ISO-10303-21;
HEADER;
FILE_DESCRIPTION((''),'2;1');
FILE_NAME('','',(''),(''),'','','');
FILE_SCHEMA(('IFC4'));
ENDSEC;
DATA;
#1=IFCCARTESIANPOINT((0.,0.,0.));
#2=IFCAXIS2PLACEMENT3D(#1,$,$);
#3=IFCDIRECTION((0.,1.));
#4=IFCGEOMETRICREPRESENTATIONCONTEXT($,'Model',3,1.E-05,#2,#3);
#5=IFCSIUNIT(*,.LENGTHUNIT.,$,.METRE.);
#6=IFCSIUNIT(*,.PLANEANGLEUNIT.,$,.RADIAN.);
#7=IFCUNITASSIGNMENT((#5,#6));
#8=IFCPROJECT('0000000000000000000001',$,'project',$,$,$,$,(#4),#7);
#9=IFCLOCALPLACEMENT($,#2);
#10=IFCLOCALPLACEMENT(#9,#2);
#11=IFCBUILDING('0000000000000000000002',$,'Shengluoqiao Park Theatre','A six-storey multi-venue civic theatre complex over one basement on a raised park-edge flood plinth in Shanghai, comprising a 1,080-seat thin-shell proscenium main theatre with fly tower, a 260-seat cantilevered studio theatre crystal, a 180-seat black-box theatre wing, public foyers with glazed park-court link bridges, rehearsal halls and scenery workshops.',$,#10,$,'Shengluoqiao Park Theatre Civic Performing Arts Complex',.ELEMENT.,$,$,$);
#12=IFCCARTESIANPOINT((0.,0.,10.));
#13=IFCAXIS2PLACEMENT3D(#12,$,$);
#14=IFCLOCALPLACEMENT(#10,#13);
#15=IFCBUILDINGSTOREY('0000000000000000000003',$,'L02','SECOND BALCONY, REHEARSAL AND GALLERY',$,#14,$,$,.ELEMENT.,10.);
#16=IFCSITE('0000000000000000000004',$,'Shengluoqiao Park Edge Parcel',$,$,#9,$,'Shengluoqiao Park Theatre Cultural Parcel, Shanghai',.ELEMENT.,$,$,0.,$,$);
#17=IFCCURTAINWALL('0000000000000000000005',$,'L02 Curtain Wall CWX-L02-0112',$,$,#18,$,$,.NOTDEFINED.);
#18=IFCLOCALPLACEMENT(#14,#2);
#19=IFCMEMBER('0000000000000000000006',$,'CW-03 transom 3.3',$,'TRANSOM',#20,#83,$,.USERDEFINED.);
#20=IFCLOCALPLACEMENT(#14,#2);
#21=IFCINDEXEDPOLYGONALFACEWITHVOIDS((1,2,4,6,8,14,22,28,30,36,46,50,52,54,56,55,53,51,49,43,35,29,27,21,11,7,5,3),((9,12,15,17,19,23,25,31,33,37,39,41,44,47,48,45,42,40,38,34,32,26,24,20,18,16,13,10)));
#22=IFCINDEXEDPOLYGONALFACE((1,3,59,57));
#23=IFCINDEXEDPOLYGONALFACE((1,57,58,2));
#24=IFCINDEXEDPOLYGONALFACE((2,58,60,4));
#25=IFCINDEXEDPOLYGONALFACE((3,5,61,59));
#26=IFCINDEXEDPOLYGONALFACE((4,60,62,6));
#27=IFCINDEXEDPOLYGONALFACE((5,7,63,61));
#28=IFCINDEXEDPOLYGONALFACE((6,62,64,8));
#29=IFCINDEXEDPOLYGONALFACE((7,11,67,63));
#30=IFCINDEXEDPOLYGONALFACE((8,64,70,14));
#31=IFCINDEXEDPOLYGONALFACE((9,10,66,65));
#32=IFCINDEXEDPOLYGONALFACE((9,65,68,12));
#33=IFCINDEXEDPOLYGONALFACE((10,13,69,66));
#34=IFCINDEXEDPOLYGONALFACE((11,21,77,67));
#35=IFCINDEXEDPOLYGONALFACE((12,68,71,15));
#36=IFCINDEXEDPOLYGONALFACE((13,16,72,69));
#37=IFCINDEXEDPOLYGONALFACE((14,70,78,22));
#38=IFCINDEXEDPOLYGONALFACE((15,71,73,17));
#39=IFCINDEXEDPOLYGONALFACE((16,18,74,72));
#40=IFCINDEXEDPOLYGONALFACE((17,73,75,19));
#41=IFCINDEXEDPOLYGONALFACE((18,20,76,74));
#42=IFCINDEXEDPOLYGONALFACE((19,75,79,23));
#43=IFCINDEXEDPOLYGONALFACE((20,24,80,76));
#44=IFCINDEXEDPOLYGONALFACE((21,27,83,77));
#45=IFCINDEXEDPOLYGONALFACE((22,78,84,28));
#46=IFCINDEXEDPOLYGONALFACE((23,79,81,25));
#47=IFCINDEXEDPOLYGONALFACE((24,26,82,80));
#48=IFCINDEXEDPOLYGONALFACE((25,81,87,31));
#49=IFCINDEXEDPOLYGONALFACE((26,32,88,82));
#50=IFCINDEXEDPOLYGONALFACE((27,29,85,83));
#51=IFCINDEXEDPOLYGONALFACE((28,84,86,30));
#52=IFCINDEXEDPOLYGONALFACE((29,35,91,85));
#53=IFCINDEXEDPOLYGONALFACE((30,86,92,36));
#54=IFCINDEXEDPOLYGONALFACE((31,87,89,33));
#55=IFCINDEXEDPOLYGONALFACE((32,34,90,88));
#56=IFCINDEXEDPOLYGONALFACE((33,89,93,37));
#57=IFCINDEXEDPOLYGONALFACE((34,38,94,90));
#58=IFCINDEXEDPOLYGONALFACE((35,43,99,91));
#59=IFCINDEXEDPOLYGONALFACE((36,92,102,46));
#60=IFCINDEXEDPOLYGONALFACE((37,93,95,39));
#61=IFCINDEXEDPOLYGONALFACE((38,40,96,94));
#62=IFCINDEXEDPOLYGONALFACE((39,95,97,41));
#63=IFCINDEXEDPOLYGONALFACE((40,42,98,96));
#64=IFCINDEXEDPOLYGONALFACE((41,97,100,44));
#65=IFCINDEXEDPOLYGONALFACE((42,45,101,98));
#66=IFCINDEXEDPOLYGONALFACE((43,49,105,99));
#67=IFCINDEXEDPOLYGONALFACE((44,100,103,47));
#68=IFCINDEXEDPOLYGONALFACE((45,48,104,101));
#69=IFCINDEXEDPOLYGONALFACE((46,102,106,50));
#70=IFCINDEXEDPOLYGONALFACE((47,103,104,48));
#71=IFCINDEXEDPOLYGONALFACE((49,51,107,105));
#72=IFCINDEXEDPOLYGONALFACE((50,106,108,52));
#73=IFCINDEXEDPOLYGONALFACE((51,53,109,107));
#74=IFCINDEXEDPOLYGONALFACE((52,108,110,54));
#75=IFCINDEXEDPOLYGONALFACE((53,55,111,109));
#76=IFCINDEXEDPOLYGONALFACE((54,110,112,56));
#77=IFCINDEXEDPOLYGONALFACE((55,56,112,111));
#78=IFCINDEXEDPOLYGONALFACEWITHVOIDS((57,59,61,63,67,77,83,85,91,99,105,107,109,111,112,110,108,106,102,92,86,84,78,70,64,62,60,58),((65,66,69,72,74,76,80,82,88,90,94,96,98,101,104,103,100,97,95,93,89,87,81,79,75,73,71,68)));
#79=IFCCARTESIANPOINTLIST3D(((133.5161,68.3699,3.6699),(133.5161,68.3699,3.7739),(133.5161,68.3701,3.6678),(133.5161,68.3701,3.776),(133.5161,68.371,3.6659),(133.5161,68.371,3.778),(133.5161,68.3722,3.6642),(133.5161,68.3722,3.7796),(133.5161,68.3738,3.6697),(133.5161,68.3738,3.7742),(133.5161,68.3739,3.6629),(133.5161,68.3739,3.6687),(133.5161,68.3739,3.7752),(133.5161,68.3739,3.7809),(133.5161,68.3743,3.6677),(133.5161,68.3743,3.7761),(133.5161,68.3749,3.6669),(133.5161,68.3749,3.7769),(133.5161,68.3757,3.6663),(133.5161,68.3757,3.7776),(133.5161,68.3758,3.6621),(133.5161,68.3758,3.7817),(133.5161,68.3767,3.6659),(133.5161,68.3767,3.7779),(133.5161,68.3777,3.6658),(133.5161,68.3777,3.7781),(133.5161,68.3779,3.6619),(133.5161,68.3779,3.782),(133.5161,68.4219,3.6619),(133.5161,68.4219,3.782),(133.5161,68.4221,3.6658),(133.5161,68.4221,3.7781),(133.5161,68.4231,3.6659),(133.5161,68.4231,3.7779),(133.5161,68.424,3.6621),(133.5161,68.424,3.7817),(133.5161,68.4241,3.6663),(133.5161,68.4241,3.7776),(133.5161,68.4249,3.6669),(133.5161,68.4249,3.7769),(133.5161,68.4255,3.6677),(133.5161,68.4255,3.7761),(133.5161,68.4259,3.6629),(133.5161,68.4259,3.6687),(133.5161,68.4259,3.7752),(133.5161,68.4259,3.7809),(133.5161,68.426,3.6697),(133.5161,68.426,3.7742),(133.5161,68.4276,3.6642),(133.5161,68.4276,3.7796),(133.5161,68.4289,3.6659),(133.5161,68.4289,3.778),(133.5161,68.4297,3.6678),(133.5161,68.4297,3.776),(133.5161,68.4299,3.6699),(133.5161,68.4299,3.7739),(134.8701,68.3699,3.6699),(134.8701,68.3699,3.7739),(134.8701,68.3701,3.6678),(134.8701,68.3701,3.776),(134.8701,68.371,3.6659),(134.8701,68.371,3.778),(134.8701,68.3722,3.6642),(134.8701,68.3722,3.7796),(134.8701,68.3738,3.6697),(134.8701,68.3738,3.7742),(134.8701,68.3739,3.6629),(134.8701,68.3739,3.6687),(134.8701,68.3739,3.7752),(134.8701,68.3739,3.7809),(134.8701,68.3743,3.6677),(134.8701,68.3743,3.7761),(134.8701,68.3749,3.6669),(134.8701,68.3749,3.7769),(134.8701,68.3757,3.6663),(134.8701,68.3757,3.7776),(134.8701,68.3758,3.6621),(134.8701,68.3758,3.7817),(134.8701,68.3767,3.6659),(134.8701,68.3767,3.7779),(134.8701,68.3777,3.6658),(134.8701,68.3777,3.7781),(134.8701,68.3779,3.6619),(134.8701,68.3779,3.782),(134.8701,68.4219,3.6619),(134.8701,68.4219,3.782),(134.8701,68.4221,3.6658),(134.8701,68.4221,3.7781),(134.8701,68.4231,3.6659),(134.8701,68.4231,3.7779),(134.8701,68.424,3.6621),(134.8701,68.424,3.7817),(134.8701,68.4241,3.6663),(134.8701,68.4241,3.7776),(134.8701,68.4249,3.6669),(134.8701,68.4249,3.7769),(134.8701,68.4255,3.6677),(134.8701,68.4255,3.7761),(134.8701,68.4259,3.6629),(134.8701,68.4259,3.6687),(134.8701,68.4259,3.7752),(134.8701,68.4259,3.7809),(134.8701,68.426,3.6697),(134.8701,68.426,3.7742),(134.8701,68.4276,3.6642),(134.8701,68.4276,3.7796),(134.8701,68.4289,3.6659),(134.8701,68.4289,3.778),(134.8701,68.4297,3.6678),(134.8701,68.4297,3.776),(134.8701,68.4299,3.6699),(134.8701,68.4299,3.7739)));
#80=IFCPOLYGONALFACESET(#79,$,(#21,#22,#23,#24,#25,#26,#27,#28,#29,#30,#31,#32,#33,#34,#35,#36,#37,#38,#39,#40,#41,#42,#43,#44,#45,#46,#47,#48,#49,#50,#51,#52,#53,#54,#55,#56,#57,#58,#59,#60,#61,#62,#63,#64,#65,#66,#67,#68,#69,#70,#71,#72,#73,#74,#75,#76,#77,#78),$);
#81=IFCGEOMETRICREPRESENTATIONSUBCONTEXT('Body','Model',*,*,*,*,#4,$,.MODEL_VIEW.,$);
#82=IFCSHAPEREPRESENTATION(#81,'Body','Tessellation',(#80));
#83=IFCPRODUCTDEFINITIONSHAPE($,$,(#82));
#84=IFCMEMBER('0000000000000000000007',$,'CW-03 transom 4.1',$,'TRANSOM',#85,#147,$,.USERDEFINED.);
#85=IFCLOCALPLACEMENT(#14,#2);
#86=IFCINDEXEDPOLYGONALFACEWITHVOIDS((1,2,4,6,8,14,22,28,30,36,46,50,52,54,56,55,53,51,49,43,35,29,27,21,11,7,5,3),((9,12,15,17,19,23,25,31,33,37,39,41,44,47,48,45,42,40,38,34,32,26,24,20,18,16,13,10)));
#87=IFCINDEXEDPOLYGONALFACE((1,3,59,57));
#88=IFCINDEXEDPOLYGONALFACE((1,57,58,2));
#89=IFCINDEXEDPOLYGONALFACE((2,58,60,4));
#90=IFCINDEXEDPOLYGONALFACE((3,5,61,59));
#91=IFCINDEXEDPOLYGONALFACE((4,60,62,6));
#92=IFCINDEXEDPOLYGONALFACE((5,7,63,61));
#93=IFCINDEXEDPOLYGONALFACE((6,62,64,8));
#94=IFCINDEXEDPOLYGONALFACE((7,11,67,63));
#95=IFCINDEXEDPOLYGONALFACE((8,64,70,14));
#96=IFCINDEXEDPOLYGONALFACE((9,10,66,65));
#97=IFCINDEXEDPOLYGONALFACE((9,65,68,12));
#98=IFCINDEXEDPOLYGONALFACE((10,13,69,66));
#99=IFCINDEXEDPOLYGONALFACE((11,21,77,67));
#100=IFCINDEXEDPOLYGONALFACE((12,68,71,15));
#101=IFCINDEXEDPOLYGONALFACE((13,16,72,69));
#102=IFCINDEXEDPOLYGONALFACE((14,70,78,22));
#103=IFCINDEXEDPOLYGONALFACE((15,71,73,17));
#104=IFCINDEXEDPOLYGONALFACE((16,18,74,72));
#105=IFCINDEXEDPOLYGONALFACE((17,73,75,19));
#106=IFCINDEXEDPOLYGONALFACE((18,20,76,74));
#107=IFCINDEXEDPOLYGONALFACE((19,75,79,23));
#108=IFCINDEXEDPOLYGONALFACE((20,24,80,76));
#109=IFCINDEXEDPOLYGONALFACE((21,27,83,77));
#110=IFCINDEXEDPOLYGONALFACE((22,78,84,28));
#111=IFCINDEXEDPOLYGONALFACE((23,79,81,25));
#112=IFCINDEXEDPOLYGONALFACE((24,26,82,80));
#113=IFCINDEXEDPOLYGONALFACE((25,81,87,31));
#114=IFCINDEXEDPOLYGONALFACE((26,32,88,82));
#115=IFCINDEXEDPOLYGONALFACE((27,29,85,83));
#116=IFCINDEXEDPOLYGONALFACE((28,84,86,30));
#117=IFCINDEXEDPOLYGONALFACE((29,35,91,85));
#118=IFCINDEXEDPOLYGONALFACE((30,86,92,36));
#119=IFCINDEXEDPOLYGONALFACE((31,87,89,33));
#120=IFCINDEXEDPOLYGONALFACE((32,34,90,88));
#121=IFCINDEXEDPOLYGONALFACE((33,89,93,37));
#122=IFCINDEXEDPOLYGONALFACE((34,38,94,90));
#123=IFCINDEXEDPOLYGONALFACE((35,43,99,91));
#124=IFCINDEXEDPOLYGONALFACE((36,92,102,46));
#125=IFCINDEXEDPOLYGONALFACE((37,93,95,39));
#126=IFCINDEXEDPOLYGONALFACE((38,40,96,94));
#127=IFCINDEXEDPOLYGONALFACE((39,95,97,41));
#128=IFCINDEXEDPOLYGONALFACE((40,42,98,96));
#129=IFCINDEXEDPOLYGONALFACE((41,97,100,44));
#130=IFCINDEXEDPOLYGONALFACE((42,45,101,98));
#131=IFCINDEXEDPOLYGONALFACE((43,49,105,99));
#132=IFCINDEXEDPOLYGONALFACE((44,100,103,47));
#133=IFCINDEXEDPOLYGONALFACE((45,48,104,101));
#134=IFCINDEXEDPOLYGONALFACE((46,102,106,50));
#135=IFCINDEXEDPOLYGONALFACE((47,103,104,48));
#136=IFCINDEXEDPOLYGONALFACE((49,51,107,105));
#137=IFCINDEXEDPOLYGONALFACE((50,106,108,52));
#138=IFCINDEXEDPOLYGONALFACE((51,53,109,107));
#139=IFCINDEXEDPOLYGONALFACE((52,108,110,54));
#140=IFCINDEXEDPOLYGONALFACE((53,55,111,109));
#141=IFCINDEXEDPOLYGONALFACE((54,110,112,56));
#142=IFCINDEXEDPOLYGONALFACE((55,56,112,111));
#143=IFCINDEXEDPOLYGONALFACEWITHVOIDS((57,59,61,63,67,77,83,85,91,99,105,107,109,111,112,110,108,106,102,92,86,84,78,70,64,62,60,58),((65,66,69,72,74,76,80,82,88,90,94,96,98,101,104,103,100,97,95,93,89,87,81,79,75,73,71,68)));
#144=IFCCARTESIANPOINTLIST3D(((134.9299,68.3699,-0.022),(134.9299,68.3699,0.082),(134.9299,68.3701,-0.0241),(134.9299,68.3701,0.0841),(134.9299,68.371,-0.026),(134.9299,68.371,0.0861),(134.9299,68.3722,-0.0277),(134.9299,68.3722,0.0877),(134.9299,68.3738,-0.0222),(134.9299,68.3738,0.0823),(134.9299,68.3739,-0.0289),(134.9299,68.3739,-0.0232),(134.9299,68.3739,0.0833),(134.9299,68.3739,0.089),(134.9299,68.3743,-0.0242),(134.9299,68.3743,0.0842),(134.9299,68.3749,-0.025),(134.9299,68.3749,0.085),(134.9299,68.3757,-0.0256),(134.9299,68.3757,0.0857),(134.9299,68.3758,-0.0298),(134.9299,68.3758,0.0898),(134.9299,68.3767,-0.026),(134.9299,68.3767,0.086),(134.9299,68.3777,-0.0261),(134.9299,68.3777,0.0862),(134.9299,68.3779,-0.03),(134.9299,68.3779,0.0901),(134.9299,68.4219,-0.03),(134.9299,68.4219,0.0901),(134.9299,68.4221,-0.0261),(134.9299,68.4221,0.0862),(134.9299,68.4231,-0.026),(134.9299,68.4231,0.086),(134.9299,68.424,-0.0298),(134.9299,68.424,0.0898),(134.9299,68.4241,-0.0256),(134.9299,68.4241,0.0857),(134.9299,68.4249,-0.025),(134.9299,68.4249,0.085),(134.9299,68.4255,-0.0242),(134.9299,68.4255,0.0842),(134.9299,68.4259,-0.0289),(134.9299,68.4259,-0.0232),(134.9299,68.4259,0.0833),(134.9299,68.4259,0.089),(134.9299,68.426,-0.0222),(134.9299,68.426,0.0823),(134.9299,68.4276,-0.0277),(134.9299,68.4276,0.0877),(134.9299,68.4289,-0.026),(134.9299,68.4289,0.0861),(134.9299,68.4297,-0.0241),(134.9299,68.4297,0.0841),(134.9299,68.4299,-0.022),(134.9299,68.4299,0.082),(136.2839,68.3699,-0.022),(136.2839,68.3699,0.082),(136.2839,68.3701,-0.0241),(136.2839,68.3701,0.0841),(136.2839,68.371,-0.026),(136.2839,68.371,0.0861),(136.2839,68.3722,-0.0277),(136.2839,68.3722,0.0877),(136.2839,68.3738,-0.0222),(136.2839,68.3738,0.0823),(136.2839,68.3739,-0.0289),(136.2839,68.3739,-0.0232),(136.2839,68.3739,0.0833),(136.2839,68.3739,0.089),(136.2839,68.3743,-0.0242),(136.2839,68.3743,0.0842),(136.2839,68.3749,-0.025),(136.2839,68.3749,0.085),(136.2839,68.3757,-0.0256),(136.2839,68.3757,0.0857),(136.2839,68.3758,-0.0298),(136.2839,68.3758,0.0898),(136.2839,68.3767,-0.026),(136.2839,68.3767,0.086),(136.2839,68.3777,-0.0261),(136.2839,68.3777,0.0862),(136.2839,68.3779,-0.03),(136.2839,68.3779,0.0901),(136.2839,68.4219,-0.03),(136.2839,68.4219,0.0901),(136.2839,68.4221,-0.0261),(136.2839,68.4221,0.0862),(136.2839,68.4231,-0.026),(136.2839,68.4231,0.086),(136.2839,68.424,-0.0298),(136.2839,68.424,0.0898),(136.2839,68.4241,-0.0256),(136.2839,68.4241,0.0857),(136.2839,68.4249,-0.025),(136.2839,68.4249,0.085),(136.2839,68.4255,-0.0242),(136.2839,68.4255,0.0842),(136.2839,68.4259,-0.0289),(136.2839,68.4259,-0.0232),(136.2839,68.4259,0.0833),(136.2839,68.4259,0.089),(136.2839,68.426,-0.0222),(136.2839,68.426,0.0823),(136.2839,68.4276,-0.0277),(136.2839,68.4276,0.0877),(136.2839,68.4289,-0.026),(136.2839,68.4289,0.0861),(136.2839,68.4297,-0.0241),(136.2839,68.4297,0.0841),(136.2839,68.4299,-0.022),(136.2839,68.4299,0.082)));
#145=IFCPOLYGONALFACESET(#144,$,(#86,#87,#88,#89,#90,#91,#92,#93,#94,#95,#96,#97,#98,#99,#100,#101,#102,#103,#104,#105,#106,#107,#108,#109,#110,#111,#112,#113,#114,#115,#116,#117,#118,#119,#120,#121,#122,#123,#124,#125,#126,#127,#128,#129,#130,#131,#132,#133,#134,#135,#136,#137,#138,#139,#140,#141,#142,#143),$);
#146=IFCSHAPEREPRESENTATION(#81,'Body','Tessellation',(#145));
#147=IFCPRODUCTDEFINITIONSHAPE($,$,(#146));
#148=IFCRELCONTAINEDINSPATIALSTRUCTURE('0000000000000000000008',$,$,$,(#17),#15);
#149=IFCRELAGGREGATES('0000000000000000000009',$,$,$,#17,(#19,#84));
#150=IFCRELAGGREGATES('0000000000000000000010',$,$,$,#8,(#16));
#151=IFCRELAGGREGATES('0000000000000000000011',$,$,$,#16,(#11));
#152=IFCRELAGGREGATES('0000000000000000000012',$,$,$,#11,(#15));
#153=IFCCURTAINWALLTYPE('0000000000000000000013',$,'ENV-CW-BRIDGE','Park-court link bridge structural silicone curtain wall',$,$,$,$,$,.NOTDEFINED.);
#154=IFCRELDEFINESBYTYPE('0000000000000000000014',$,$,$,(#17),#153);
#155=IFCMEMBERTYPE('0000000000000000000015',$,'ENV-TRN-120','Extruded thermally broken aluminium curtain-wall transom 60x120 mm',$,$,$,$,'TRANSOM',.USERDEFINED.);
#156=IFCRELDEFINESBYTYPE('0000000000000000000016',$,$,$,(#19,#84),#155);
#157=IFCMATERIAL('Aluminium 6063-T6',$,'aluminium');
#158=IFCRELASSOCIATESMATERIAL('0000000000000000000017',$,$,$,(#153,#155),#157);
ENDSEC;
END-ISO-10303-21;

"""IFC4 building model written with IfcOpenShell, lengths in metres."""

from ifc_helpers import new_model, si_unit, direction, frame, origin, origin_2d, place, context, subcontext, project, spatial, hollow_rectangle, extrude, material, material_profile, profile_set, type_object, element, aggregate, save


model = new_model("IFC4")

# Units and contexts
model_context = context("Model", 3, precision=1e-05, world=origin(), true_north=direction((0.0, 1.0)))
body_context = subcontext(model_context, "Body", "Model", "MODEL_VIEW")
ifc_project = project(units=[si_unit("LENGTHUNIT", "METRE"), si_unit("PLANEANGLEUNIT", "RADIAN")], contexts=[model_context])

# Site, building, storey
site_placement = place(None, origin())
site = spatial("IfcSite", under=ifc_project, at=site_placement, Name="Shengluoqiao Park Edge Parcel", LongName="Shengluoqiao Park Theatre Cultural Parcel, Shanghai", CompositionType="ELEMENT", RefElevation=0.0)
building_placement = place(site_placement, origin())
building = spatial("IfcBuilding", under=site, at=building_placement, Name="Shengluoqiao Park Theatre", Description="A six-storey multi-venue civic theatre complex over one basement on a raised park-edge flood plinth in Shanghai, comprising a 1,080-seat thin-shell proscenium main theatre with fly tower, a 260-seat cantilevered studio theatre crystal, a 180-seat black-box theatre wing, public foyers with glazed park-court link bridges, rehearsal halls and scenery workshops.", LongName="Shengluoqiao Park Theatre Civic Performing Arts Complex", CompositionType="ELEMENT")
storey_placement = place(building_placement, frame((0.0, 0.0, 10.0)))
storey = spatial("IfcBuildingStorey", under=building, at=storey_placement, Name="L02", Description="SECOND BALCONY, REHEARSAL AND GALLERY", CompositionType="ELEMENT", Elevation=10.0)

# Curtain wall, members
ifc_material_1 = material(Name="Aluminium 6063-T6", Category="aluminium")
curtain_wall_type = type_object("IfcCurtainWallType", Name="ENV-CW-BRIDGE", Description="Park-court link bridge structural silicone curtain wall", PredefinedType="NOTDEFINED", material=ifc_material_1)
curtain_wall_placement = place(storey_placement, origin())
curtain_wall = element("IfcCurtainWall", 1, at=curtain_wall_placement, inside=storey, type_object=curtain_wall_type, Name="L02 Curtain Wall CWX-L02-0112", PredefinedType="NOTDEFINED")
ifc_material_profile_1 = material_profile(ifc_material_1, hollow_rectangle(XDim=0.0601, YDim=0.1201, WallThickness=0.0039, InnerFilletRadius=0.0039, OuterFilletRadius=0.0081, at=origin_2d()), Name="ALU TRANSOM 120x60x4")
ifc_profile_set_1 = profile_set([ifc_material_profile_1], Name="Aluminium 6063-T6")
member_type_1 = type_object("IfcMemberType", Name="ENV-TRN-120", Description="Extruded thermally broken aluminium curtain-wall transom 60x120 mm", ElementType="TRANSOM", PredefinedType="USERDEFINED", material=ifc_profile_set_1)
member_1_placement = place(storey_placement, frame((133.5161, 68.3999, 3.7219), z_axis=(1.0, 0.0, 0.0), x_axis=(0.0, 1.0, 0.0)))
member_1 = element("IfcMember", 2, at=member_1_placement, type_object=member_type_1, Name="CW-03 transom 3.3", ObjectType="TRANSOM", PredefinedType="USERDEFINED", context=body_context, shape_type="SweptSolid", body=[
    extrude(hollow_rectangle(XDim=0.0601, YDim=0.1201, WallThickness=0.0039, InnerFilletRadius=0.0039, OuterFilletRadius=0.0081, at=origin_2d()), origin(), (0.0, 0.0, 1.0), 1.354),
])
member_2_placement = place(storey_placement, frame((134.9299, 68.3999, 0.03), z_axis=(1.0, 0.0, 0.0), x_axis=(0.0, 1.0, 0.0)))
member_2 = element("IfcMember", 3, at=member_2_placement, type_object=member_type_1, Name="CW-03 transom 4.1", ObjectType="TRANSOM", PredefinedType="USERDEFINED", context=body_context, shape_type="SweptSolid", body=[
    extrude(hollow_rectangle(XDim=0.0601, YDim=0.1201, WallThickness=0.0039, InnerFilletRadius=0.0039, OuterFilletRadius=0.0081, at=origin_2d()), origin(), (0.0, 0.0, 1.0), 1.354),
])

aggregate(curtain_wall, [member_1, member_2])

save(model, "model.ifc")
